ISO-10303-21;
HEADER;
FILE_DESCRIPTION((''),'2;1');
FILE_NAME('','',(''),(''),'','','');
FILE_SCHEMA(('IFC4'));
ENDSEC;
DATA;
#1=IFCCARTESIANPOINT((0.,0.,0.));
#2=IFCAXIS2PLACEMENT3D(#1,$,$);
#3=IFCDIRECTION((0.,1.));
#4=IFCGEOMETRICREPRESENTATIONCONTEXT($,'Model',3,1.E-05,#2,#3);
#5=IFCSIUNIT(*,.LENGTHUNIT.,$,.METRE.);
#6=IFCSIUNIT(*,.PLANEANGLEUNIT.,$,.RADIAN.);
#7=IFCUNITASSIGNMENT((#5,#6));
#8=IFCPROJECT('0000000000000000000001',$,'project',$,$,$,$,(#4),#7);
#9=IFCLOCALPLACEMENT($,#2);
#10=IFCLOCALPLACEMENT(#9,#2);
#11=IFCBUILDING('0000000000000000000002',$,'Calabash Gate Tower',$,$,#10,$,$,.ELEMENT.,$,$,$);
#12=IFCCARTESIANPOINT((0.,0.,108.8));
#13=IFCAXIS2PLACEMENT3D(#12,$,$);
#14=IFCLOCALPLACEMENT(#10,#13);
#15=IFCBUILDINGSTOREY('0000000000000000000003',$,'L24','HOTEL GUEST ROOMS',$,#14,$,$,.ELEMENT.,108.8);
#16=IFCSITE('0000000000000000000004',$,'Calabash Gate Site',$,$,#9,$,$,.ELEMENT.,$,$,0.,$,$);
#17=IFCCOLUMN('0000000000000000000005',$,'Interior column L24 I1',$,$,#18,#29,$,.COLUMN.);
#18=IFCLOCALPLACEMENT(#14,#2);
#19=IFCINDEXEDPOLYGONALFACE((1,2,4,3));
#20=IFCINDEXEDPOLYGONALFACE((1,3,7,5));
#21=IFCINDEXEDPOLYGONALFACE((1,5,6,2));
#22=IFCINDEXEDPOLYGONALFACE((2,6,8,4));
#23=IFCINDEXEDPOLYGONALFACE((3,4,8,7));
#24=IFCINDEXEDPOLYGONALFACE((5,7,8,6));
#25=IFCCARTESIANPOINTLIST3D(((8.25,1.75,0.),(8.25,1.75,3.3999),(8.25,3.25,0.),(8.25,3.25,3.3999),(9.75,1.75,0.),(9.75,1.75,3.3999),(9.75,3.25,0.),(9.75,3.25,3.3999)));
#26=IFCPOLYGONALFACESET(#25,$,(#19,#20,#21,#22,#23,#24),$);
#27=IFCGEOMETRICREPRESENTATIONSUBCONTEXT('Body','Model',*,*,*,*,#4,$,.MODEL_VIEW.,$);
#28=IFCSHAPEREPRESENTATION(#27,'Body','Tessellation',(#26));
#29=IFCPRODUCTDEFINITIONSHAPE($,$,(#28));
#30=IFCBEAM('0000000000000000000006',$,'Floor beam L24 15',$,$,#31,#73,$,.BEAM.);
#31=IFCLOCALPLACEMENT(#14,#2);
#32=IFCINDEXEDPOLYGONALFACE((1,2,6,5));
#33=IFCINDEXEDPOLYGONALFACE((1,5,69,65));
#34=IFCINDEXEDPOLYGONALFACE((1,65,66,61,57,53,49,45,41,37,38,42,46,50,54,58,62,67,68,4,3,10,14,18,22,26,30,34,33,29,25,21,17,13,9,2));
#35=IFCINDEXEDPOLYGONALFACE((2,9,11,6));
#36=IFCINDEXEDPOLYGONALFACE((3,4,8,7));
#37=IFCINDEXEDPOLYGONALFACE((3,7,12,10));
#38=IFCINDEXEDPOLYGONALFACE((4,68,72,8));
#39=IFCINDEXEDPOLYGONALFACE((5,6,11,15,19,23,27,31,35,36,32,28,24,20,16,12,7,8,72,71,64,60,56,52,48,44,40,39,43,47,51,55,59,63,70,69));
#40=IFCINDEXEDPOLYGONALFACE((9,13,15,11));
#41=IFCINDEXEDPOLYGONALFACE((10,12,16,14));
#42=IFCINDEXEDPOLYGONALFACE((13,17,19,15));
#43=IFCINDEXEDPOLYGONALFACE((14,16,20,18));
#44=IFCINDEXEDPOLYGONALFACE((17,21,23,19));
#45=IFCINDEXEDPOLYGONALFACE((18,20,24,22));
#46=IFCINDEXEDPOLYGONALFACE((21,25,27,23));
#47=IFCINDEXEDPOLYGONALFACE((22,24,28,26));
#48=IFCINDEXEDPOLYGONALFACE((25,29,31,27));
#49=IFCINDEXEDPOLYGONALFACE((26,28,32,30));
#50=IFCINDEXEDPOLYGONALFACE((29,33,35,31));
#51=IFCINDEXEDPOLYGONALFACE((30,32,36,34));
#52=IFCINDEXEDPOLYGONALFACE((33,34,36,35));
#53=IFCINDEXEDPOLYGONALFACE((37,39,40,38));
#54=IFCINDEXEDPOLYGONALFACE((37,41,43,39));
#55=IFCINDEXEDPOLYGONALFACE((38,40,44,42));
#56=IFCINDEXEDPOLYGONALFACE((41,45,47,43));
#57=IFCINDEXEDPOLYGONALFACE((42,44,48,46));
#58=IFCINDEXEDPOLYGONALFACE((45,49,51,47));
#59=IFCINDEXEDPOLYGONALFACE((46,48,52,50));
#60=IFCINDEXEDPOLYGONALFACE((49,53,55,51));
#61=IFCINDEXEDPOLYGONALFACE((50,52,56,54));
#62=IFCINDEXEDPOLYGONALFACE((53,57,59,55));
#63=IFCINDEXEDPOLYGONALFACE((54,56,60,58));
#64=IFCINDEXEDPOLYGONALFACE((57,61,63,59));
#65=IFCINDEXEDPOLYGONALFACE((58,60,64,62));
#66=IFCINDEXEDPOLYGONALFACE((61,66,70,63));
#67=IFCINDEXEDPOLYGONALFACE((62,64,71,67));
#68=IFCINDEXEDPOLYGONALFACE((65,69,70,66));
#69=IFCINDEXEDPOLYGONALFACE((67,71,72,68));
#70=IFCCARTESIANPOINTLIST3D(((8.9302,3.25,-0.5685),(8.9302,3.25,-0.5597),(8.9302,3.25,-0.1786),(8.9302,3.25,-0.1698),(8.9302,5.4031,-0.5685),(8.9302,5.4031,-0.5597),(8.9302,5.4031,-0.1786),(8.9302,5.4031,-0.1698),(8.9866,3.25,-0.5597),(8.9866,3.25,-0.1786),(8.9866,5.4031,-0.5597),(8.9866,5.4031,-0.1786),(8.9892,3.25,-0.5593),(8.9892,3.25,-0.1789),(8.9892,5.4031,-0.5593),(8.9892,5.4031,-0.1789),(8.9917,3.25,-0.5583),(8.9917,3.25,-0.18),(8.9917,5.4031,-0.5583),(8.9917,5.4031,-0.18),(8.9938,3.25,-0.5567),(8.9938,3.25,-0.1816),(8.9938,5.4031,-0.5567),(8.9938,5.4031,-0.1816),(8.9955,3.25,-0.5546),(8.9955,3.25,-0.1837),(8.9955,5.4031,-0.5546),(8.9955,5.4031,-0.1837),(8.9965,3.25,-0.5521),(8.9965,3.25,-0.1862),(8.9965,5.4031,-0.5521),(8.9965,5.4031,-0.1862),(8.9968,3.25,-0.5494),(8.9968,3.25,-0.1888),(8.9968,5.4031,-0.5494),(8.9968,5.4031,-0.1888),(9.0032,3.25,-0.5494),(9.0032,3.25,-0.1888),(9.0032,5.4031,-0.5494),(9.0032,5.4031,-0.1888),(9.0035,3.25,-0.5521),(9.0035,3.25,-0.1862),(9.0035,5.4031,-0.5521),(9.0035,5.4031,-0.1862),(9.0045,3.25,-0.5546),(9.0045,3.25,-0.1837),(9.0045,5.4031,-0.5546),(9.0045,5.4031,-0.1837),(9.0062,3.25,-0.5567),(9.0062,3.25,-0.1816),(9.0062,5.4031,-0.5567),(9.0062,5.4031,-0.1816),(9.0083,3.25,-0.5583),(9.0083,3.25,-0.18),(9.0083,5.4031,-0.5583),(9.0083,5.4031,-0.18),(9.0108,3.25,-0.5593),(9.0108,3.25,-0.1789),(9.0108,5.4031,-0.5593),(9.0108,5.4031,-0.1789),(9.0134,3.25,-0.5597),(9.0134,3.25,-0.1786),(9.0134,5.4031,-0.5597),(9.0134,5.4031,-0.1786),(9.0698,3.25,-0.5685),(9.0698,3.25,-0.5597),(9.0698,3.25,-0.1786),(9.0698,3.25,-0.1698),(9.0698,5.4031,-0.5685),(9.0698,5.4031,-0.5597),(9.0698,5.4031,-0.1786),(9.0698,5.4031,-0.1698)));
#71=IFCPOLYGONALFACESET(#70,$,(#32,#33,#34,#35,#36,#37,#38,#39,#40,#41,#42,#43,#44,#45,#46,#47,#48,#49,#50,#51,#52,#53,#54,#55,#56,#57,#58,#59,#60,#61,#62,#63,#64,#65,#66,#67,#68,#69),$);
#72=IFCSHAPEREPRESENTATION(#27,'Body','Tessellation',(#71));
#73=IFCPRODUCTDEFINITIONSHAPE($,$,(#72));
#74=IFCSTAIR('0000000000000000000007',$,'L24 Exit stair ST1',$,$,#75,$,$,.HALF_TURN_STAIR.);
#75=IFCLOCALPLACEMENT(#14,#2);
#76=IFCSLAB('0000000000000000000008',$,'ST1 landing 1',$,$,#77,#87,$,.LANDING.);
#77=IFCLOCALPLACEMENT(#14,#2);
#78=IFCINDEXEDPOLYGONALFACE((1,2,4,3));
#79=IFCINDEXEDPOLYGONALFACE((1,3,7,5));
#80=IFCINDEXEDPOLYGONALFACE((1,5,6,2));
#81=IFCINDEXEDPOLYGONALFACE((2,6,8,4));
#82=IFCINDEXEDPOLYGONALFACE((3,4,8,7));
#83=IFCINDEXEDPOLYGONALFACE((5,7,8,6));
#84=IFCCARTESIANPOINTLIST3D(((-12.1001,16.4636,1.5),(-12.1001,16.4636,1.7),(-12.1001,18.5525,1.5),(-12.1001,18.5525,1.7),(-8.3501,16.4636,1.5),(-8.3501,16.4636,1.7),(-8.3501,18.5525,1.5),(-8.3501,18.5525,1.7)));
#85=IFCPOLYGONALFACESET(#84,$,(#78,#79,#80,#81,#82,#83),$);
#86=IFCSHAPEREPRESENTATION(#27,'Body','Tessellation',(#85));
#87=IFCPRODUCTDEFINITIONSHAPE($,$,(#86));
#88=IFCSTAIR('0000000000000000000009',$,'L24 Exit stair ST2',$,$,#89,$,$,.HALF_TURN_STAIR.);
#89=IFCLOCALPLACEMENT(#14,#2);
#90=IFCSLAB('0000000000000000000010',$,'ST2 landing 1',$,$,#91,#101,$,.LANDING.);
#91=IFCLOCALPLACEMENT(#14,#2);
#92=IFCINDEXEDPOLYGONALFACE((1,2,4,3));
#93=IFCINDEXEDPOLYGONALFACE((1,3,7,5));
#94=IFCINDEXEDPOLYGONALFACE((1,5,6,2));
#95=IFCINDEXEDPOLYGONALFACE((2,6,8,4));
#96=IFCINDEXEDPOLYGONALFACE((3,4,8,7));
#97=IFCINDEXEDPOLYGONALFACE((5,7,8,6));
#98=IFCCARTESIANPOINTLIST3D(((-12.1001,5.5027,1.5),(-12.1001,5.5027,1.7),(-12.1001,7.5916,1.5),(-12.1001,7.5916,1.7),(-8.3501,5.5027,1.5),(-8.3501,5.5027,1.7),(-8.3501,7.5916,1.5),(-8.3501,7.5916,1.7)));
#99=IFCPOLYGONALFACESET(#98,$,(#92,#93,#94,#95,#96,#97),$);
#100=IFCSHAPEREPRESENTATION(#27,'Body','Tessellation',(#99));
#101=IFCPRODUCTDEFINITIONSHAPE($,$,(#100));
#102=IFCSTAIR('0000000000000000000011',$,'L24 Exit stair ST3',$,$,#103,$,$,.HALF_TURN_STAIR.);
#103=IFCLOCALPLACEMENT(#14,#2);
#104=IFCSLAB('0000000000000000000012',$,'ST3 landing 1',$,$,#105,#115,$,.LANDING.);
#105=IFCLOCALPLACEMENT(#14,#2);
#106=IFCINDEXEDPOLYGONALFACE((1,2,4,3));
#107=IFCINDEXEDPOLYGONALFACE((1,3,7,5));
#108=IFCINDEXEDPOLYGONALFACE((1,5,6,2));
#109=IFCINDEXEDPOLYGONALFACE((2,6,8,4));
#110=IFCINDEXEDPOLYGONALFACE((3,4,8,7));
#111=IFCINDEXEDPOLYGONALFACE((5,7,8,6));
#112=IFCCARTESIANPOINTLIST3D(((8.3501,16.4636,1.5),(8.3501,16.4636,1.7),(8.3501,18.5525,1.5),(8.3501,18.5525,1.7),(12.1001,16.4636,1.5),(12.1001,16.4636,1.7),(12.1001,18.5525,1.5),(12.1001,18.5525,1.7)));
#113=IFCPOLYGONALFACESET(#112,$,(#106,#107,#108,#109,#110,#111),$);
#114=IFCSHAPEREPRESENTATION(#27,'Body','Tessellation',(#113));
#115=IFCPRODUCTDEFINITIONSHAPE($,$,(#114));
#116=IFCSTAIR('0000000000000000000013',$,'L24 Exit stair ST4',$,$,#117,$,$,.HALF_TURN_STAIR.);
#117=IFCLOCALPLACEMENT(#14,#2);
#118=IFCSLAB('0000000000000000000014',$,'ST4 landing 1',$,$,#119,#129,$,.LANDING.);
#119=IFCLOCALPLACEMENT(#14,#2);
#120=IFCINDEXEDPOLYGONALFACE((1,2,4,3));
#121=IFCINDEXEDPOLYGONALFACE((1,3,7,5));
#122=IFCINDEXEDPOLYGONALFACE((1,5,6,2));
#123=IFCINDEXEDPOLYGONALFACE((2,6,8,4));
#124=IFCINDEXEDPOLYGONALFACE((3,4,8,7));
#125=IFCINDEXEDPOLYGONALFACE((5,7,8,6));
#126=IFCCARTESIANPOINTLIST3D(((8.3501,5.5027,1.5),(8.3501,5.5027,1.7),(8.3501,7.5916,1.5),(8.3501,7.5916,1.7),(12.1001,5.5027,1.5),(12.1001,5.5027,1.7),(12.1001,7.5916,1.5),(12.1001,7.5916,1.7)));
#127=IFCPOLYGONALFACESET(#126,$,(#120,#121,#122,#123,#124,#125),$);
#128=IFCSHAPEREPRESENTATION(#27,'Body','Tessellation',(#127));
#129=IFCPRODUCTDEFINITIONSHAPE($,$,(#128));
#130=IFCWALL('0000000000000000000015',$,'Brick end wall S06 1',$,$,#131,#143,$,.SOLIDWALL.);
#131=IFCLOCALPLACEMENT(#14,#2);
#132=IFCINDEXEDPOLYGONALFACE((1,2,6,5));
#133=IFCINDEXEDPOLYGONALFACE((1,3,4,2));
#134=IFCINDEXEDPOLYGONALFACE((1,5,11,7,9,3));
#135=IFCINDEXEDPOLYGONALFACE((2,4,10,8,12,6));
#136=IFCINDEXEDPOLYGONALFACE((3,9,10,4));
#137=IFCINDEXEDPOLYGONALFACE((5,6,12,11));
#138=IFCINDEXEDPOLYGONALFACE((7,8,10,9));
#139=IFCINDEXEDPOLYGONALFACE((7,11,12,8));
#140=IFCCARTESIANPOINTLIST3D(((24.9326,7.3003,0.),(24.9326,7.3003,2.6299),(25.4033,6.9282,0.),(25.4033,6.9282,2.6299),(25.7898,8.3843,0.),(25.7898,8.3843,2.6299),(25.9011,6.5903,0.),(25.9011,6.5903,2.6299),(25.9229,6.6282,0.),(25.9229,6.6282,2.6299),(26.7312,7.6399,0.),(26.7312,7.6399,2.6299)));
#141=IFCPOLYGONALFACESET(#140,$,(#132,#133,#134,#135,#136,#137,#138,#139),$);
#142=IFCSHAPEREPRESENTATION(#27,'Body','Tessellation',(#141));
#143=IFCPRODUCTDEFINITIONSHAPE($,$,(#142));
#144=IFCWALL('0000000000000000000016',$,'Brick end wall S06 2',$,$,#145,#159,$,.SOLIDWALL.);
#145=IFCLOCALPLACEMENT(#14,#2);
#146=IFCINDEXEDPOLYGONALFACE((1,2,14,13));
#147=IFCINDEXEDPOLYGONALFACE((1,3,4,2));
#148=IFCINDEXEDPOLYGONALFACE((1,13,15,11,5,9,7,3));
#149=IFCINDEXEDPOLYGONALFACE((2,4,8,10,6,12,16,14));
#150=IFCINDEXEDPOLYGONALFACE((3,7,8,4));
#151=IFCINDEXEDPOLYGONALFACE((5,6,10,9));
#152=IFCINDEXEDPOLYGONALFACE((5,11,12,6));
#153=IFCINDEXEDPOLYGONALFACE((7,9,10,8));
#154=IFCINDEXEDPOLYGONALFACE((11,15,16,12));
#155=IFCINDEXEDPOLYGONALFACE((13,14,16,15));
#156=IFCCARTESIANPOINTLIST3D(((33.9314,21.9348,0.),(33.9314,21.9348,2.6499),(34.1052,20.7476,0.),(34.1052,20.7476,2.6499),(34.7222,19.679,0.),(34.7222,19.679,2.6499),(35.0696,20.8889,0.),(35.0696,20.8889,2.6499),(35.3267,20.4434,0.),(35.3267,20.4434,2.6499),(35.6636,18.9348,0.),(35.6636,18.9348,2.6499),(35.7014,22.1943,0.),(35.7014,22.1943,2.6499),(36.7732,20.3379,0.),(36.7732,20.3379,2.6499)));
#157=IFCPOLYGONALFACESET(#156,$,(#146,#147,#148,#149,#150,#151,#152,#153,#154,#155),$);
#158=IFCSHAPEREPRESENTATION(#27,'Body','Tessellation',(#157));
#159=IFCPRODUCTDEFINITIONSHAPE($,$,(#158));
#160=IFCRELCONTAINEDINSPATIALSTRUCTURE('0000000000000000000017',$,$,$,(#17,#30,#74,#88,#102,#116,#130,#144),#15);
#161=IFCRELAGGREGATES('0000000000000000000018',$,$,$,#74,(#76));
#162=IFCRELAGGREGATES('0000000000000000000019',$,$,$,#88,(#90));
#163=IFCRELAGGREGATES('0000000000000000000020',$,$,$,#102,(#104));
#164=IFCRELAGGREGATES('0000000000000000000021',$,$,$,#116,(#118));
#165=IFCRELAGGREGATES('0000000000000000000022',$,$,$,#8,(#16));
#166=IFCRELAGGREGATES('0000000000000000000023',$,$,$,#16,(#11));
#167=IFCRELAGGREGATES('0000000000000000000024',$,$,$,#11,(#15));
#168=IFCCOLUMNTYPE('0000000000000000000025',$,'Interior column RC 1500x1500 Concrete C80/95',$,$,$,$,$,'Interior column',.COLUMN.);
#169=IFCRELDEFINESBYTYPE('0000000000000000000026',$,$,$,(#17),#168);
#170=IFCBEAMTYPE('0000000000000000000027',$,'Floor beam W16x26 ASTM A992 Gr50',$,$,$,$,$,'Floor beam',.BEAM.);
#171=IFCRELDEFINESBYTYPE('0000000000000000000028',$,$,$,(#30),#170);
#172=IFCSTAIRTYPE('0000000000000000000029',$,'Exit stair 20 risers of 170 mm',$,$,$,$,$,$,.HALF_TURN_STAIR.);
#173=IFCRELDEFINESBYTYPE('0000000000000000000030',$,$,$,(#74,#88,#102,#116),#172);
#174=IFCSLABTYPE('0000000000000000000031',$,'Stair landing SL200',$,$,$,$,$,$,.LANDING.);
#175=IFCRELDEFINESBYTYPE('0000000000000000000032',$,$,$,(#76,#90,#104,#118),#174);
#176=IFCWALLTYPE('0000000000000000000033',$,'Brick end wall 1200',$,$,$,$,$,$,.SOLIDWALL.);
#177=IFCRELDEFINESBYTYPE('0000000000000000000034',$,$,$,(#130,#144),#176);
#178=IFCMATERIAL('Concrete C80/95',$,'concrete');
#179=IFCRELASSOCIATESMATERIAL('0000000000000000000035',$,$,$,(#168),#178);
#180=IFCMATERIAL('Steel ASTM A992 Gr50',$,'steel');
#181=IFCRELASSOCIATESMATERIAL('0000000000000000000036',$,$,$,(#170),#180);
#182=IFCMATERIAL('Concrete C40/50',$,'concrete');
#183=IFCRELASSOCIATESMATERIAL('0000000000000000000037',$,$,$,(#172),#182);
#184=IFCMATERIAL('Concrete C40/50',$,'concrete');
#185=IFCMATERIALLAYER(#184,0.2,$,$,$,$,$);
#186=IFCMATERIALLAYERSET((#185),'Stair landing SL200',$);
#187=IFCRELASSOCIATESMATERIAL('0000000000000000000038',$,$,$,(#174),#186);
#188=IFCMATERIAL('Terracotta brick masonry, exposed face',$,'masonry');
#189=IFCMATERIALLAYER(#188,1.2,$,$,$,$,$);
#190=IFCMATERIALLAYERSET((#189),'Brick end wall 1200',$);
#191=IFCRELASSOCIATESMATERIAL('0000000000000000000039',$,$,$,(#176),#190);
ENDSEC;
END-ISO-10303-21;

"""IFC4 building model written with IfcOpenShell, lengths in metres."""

from ifc_helpers import new_model, si_unit, direction, frame, origin, origin_2d, place, context, subcontext, project, spatial, polyline, rectangle, i_section, outline, extrude, material, layer, layer_set, material_profile, profile_set, type_object, element, aggregate, save


model = new_model("IFC4")

# Units and contexts
model_context = context("Model", 3, precision=1e-05, world=origin(), true_north=direction((0.0, 1.0)))
body_context = subcontext(model_context, "Body", "Model", "MODEL_VIEW")
ifc_project = project(units=[si_unit("LENGTHUNIT", "METRE"), si_unit("PLANEANGLEUNIT", "RADIAN")], contexts=[model_context])

# Site, building, storey
site_placement = place(None, origin())
site = spatial("IfcSite", under=ifc_project, at=site_placement, Name="Calabash Gate Site", CompositionType="ELEMENT", RefElevation=0.0)
building_placement = place(site_placement, origin())
building = spatial("IfcBuilding", under=site, at=building_placement, Name="Calabash Gate Tower", CompositionType="ELEMENT")
storey_placement = place(building_placement, frame((0.0, 0.0, 108.8)))
storey = spatial("IfcBuildingStorey", under=building, at=storey_placement, Name="L24", Description="HOTEL GUEST ROOMS", CompositionType="ELEMENT", Elevation=108.8)

# Column
ifc_material_1 = material(Name="Concrete C80/95", Category="concrete")
ifc_material_profile_1 = material_profile(ifc_material_1, rectangle(XDim=1.5, YDim=1.5, at=origin_2d()))
ifc_profile_set_1 = profile_set([ifc_material_profile_1], Name="Concrete C80/95")
column_type = type_object("IfcColumnType", Name="Interior column RC 1500x1500 Concrete C80/95", ElementType="Interior column", PredefinedType="COLUMN", material=ifc_profile_set_1)
column_placement = place(storey_placement, frame((9.0, 2.5, 0.0), z_axis=(0.0, 0.0, 1.0), x_axis=(1.0, 0.0, 0.0)))
element("IfcColumn", 1, at=column_placement, inside=storey, type_object=column_type, Name="Interior column L24 I1", PredefinedType="COLUMN", context=body_context, shape_type="SweptSolid", body=[
    extrude(rectangle(XDim=1.5, YDim=1.5, at=origin_2d()), origin(), (0.0, 0.0, 1.0), 3.3999),
])

# Beam
ifc_material_2 = material(Name="Steel ASTM A992 Gr50", Category="steel")
ifc_material_profile_2 = material_profile(ifc_material_2, i_section(OverallWidth=0.1396, OverallDepth=0.3987, WebThickness=0.0063, FlangeThickness=0.0088, FilletRadius=0.0103, at=origin_2d()))
ifc_profile_set_2 = profile_set([ifc_material_profile_2], Name="Steel ASTM A992 Gr50")
beam_type = type_object("IfcBeamType", Name="Floor beam W16x26 ASTM A992 Gr50", ElementType="Floor beam", PredefinedType="BEAM", material=ifc_profile_set_2)
beam_placement = place(storey_placement, frame((9.0, 3.25, -0.3691), z_axis=(0.0, 1.0, 0.0), x_axis=(-1.0, 0.0, 0.0)))
element("IfcBeam", 2, at=beam_placement, inside=storey, type_object=beam_type, Name="Floor beam L24 15", PredefinedType="BEAM", context=body_context, shape_type="SweptSolid", body=[
    extrude(i_section(OverallWidth=0.1396, OverallDepth=0.3987, WebThickness=0.0063, FlangeThickness=0.0088, FilletRadius=0.0103, at=origin_2d()), origin(), (0.0, 0.0, 1.0), 2.1531),
])

# Stairs, slabs
ifc_material_3 = material(Name="Concrete C40/50", Category="concrete")
stair_type = type_object("IfcStairType", Name="Exit stair 20 risers of 170 mm", PredefinedType="HALF_TURN_STAIR", material=ifc_material_3)
stair_1_placement = place(storey_placement, origin())
stair_1 = element("IfcStair", 3, at=stair_1_placement, inside=storey, type_object=stair_type, Name="L24 Exit stair ST1", PredefinedType="HALF_TURN_STAIR")
ifc_material_4 = material(Name="Concrete C40/50", Category="concrete")
ifc_layer_1 = layer(ifc_material_4, 0.2)
ifc_layer_set_1 = layer_set([ifc_layer_1], Name="Stair landing SL200")
slab_type = type_object("IfcSlabType", Name="Stair landing SL200", PredefinedType="LANDING", material=ifc_layer_set_1)
slab_1_placement = place(storey_placement, frame((0.0, 0.0, 1.5)))
slab_1 = element("IfcSlab", 4, at=slab_1_placement, type_object=slab_type, Name="ST1 landing 1", PredefinedType="LANDING", context=body_context, shape_type="SweptSolid", body=[
    extrude(outline(polyline([(-8.3501, 16.4636), (-8.3501, 18.5525), (-12.1001, 18.5525), (-12.1001, 16.4636), (-8.3501, 16.4636)])), origin(), (0.0, 0.0, 1.0), 0.2),
])
aggregate(stair_1, [slab_1])
stair_2_placement = place(storey_placement, origin())
stair_2 = element("IfcStair", 5, at=stair_2_placement, inside=storey, type_object=stair_type, Name="L24 Exit stair ST2", PredefinedType="HALF_TURN_STAIR")
slab_2_placement = place(storey_placement, frame((0.0, 0.0, 1.5)))
slab_2 = element("IfcSlab", 6, at=slab_2_placement, type_object=slab_type, Name="ST2 landing 1", PredefinedType="LANDING", context=body_context, shape_type="SweptSolid", body=[
    extrude(outline(polyline([(-12.1001, 7.5916), (-12.1001, 5.5027), (-8.3501, 5.5027), (-8.3501, 7.5916), (-12.1001, 7.5916)])), origin(), (0.0, 0.0, 1.0), 0.2),
])
aggregate(stair_2, [slab_2])
stair_3_placement = place(storey_placement, origin())
stair_3 = element("IfcStair", 7, at=stair_3_placement, inside=storey, type_object=stair_type, Name="L24 Exit stair ST3", PredefinedType="HALF_TURN_STAIR")
slab_3_placement = place(storey_placement, frame((0.0, 0.0, 1.5)))
slab_3 = element("IfcSlab", 8, at=slab_3_placement, type_object=slab_type, Name="ST3 landing 1", PredefinedType="LANDING", context=body_context, shape_type="SweptSolid", body=[
    extrude(outline(polyline([(12.1001, 16.4636), (12.1001, 18.5525), (8.3501, 18.5525), (8.3501, 16.4636), (12.1001, 16.4636)])), origin(), (0.0, 0.0, 1.0), 0.2),
])
aggregate(stair_3, [slab_3])
stair_4_placement = place(storey_placement, origin())
stair_4 = element("IfcStair", 9, at=stair_4_placement, inside=storey, type_object=stair_type, Name="L24 Exit stair ST4", PredefinedType="HALF_TURN_STAIR")
slab_4_placement = place(storey_placement, frame((0.0, 0.0, 1.5)))
slab_4 = element("IfcSlab", 10, at=slab_4_placement, type_object=slab_type, Name="ST4 landing 1", PredefinedType="LANDING", context=body_context, shape_type="SweptSolid", body=[
    extrude(outline(polyline([(8.3501, 7.5916), (8.3501, 5.5027), (12.1001, 5.5027), (12.1001, 7.5916), (8.3501, 7.5916)])), origin(), (0.0, 0.0, 1.0), 0.2),
])
aggregate(stair_4, [slab_4])

# Walls
ifc_material_5 = material(Name="Terracotta brick masonry, exposed face", Category="masonry")
ifc_layer_2 = layer(ifc_material_5, 1.2)
ifc_layer_set_2 = layer_set([ifc_layer_2], Name="Brick end wall 1200")
wall_type_1 = type_object("IfcWallType", Name="Brick end wall 1200", PredefinedType="SOLIDWALL", material=ifc_layer_set_2)
wall_1_placement = place(storey_placement, origin())
element("IfcWall", 11, at=wall_1_placement, inside=storey, type_object=wall_type_1, Name="Brick end wall S06 1", PredefinedType="SOLIDWALL", context=body_context, shape_type="SweptSolid", body=[
    extrude(outline(polyline([(25.7898, 8.3843), (24.9326, 7.3003), (25.4033, 6.9282), (25.9229, 6.6282), (25.9011, 6.5903), (26.7312, 7.6399), (25.7898, 8.3843)])), origin(), (0.0, 0.0, 1.0), 2.6299),
])
wall_2_placement = place(storey_placement, origin())
element("IfcWall", 12, at=wall_2_placement, inside=storey, type_object=wall_type_1, Name="Brick end wall S06 2", PredefinedType="SOLIDWALL", context=body_context, shape_type="SweptSolid", body=[
    extrude(outline(polyline([(35.3267, 20.4434), (34.7222, 19.679), (35.6636, 18.9348), (36.7732, 20.3379), (35.7014, 22.1943), (33.9314, 21.9348), (34.1052, 20.7476), (35.0696, 20.8889), (35.3267, 20.4434)])), origin(), (0.0, 0.0, 1.0), 2.6499),
])

save(model, "model.ifc")
